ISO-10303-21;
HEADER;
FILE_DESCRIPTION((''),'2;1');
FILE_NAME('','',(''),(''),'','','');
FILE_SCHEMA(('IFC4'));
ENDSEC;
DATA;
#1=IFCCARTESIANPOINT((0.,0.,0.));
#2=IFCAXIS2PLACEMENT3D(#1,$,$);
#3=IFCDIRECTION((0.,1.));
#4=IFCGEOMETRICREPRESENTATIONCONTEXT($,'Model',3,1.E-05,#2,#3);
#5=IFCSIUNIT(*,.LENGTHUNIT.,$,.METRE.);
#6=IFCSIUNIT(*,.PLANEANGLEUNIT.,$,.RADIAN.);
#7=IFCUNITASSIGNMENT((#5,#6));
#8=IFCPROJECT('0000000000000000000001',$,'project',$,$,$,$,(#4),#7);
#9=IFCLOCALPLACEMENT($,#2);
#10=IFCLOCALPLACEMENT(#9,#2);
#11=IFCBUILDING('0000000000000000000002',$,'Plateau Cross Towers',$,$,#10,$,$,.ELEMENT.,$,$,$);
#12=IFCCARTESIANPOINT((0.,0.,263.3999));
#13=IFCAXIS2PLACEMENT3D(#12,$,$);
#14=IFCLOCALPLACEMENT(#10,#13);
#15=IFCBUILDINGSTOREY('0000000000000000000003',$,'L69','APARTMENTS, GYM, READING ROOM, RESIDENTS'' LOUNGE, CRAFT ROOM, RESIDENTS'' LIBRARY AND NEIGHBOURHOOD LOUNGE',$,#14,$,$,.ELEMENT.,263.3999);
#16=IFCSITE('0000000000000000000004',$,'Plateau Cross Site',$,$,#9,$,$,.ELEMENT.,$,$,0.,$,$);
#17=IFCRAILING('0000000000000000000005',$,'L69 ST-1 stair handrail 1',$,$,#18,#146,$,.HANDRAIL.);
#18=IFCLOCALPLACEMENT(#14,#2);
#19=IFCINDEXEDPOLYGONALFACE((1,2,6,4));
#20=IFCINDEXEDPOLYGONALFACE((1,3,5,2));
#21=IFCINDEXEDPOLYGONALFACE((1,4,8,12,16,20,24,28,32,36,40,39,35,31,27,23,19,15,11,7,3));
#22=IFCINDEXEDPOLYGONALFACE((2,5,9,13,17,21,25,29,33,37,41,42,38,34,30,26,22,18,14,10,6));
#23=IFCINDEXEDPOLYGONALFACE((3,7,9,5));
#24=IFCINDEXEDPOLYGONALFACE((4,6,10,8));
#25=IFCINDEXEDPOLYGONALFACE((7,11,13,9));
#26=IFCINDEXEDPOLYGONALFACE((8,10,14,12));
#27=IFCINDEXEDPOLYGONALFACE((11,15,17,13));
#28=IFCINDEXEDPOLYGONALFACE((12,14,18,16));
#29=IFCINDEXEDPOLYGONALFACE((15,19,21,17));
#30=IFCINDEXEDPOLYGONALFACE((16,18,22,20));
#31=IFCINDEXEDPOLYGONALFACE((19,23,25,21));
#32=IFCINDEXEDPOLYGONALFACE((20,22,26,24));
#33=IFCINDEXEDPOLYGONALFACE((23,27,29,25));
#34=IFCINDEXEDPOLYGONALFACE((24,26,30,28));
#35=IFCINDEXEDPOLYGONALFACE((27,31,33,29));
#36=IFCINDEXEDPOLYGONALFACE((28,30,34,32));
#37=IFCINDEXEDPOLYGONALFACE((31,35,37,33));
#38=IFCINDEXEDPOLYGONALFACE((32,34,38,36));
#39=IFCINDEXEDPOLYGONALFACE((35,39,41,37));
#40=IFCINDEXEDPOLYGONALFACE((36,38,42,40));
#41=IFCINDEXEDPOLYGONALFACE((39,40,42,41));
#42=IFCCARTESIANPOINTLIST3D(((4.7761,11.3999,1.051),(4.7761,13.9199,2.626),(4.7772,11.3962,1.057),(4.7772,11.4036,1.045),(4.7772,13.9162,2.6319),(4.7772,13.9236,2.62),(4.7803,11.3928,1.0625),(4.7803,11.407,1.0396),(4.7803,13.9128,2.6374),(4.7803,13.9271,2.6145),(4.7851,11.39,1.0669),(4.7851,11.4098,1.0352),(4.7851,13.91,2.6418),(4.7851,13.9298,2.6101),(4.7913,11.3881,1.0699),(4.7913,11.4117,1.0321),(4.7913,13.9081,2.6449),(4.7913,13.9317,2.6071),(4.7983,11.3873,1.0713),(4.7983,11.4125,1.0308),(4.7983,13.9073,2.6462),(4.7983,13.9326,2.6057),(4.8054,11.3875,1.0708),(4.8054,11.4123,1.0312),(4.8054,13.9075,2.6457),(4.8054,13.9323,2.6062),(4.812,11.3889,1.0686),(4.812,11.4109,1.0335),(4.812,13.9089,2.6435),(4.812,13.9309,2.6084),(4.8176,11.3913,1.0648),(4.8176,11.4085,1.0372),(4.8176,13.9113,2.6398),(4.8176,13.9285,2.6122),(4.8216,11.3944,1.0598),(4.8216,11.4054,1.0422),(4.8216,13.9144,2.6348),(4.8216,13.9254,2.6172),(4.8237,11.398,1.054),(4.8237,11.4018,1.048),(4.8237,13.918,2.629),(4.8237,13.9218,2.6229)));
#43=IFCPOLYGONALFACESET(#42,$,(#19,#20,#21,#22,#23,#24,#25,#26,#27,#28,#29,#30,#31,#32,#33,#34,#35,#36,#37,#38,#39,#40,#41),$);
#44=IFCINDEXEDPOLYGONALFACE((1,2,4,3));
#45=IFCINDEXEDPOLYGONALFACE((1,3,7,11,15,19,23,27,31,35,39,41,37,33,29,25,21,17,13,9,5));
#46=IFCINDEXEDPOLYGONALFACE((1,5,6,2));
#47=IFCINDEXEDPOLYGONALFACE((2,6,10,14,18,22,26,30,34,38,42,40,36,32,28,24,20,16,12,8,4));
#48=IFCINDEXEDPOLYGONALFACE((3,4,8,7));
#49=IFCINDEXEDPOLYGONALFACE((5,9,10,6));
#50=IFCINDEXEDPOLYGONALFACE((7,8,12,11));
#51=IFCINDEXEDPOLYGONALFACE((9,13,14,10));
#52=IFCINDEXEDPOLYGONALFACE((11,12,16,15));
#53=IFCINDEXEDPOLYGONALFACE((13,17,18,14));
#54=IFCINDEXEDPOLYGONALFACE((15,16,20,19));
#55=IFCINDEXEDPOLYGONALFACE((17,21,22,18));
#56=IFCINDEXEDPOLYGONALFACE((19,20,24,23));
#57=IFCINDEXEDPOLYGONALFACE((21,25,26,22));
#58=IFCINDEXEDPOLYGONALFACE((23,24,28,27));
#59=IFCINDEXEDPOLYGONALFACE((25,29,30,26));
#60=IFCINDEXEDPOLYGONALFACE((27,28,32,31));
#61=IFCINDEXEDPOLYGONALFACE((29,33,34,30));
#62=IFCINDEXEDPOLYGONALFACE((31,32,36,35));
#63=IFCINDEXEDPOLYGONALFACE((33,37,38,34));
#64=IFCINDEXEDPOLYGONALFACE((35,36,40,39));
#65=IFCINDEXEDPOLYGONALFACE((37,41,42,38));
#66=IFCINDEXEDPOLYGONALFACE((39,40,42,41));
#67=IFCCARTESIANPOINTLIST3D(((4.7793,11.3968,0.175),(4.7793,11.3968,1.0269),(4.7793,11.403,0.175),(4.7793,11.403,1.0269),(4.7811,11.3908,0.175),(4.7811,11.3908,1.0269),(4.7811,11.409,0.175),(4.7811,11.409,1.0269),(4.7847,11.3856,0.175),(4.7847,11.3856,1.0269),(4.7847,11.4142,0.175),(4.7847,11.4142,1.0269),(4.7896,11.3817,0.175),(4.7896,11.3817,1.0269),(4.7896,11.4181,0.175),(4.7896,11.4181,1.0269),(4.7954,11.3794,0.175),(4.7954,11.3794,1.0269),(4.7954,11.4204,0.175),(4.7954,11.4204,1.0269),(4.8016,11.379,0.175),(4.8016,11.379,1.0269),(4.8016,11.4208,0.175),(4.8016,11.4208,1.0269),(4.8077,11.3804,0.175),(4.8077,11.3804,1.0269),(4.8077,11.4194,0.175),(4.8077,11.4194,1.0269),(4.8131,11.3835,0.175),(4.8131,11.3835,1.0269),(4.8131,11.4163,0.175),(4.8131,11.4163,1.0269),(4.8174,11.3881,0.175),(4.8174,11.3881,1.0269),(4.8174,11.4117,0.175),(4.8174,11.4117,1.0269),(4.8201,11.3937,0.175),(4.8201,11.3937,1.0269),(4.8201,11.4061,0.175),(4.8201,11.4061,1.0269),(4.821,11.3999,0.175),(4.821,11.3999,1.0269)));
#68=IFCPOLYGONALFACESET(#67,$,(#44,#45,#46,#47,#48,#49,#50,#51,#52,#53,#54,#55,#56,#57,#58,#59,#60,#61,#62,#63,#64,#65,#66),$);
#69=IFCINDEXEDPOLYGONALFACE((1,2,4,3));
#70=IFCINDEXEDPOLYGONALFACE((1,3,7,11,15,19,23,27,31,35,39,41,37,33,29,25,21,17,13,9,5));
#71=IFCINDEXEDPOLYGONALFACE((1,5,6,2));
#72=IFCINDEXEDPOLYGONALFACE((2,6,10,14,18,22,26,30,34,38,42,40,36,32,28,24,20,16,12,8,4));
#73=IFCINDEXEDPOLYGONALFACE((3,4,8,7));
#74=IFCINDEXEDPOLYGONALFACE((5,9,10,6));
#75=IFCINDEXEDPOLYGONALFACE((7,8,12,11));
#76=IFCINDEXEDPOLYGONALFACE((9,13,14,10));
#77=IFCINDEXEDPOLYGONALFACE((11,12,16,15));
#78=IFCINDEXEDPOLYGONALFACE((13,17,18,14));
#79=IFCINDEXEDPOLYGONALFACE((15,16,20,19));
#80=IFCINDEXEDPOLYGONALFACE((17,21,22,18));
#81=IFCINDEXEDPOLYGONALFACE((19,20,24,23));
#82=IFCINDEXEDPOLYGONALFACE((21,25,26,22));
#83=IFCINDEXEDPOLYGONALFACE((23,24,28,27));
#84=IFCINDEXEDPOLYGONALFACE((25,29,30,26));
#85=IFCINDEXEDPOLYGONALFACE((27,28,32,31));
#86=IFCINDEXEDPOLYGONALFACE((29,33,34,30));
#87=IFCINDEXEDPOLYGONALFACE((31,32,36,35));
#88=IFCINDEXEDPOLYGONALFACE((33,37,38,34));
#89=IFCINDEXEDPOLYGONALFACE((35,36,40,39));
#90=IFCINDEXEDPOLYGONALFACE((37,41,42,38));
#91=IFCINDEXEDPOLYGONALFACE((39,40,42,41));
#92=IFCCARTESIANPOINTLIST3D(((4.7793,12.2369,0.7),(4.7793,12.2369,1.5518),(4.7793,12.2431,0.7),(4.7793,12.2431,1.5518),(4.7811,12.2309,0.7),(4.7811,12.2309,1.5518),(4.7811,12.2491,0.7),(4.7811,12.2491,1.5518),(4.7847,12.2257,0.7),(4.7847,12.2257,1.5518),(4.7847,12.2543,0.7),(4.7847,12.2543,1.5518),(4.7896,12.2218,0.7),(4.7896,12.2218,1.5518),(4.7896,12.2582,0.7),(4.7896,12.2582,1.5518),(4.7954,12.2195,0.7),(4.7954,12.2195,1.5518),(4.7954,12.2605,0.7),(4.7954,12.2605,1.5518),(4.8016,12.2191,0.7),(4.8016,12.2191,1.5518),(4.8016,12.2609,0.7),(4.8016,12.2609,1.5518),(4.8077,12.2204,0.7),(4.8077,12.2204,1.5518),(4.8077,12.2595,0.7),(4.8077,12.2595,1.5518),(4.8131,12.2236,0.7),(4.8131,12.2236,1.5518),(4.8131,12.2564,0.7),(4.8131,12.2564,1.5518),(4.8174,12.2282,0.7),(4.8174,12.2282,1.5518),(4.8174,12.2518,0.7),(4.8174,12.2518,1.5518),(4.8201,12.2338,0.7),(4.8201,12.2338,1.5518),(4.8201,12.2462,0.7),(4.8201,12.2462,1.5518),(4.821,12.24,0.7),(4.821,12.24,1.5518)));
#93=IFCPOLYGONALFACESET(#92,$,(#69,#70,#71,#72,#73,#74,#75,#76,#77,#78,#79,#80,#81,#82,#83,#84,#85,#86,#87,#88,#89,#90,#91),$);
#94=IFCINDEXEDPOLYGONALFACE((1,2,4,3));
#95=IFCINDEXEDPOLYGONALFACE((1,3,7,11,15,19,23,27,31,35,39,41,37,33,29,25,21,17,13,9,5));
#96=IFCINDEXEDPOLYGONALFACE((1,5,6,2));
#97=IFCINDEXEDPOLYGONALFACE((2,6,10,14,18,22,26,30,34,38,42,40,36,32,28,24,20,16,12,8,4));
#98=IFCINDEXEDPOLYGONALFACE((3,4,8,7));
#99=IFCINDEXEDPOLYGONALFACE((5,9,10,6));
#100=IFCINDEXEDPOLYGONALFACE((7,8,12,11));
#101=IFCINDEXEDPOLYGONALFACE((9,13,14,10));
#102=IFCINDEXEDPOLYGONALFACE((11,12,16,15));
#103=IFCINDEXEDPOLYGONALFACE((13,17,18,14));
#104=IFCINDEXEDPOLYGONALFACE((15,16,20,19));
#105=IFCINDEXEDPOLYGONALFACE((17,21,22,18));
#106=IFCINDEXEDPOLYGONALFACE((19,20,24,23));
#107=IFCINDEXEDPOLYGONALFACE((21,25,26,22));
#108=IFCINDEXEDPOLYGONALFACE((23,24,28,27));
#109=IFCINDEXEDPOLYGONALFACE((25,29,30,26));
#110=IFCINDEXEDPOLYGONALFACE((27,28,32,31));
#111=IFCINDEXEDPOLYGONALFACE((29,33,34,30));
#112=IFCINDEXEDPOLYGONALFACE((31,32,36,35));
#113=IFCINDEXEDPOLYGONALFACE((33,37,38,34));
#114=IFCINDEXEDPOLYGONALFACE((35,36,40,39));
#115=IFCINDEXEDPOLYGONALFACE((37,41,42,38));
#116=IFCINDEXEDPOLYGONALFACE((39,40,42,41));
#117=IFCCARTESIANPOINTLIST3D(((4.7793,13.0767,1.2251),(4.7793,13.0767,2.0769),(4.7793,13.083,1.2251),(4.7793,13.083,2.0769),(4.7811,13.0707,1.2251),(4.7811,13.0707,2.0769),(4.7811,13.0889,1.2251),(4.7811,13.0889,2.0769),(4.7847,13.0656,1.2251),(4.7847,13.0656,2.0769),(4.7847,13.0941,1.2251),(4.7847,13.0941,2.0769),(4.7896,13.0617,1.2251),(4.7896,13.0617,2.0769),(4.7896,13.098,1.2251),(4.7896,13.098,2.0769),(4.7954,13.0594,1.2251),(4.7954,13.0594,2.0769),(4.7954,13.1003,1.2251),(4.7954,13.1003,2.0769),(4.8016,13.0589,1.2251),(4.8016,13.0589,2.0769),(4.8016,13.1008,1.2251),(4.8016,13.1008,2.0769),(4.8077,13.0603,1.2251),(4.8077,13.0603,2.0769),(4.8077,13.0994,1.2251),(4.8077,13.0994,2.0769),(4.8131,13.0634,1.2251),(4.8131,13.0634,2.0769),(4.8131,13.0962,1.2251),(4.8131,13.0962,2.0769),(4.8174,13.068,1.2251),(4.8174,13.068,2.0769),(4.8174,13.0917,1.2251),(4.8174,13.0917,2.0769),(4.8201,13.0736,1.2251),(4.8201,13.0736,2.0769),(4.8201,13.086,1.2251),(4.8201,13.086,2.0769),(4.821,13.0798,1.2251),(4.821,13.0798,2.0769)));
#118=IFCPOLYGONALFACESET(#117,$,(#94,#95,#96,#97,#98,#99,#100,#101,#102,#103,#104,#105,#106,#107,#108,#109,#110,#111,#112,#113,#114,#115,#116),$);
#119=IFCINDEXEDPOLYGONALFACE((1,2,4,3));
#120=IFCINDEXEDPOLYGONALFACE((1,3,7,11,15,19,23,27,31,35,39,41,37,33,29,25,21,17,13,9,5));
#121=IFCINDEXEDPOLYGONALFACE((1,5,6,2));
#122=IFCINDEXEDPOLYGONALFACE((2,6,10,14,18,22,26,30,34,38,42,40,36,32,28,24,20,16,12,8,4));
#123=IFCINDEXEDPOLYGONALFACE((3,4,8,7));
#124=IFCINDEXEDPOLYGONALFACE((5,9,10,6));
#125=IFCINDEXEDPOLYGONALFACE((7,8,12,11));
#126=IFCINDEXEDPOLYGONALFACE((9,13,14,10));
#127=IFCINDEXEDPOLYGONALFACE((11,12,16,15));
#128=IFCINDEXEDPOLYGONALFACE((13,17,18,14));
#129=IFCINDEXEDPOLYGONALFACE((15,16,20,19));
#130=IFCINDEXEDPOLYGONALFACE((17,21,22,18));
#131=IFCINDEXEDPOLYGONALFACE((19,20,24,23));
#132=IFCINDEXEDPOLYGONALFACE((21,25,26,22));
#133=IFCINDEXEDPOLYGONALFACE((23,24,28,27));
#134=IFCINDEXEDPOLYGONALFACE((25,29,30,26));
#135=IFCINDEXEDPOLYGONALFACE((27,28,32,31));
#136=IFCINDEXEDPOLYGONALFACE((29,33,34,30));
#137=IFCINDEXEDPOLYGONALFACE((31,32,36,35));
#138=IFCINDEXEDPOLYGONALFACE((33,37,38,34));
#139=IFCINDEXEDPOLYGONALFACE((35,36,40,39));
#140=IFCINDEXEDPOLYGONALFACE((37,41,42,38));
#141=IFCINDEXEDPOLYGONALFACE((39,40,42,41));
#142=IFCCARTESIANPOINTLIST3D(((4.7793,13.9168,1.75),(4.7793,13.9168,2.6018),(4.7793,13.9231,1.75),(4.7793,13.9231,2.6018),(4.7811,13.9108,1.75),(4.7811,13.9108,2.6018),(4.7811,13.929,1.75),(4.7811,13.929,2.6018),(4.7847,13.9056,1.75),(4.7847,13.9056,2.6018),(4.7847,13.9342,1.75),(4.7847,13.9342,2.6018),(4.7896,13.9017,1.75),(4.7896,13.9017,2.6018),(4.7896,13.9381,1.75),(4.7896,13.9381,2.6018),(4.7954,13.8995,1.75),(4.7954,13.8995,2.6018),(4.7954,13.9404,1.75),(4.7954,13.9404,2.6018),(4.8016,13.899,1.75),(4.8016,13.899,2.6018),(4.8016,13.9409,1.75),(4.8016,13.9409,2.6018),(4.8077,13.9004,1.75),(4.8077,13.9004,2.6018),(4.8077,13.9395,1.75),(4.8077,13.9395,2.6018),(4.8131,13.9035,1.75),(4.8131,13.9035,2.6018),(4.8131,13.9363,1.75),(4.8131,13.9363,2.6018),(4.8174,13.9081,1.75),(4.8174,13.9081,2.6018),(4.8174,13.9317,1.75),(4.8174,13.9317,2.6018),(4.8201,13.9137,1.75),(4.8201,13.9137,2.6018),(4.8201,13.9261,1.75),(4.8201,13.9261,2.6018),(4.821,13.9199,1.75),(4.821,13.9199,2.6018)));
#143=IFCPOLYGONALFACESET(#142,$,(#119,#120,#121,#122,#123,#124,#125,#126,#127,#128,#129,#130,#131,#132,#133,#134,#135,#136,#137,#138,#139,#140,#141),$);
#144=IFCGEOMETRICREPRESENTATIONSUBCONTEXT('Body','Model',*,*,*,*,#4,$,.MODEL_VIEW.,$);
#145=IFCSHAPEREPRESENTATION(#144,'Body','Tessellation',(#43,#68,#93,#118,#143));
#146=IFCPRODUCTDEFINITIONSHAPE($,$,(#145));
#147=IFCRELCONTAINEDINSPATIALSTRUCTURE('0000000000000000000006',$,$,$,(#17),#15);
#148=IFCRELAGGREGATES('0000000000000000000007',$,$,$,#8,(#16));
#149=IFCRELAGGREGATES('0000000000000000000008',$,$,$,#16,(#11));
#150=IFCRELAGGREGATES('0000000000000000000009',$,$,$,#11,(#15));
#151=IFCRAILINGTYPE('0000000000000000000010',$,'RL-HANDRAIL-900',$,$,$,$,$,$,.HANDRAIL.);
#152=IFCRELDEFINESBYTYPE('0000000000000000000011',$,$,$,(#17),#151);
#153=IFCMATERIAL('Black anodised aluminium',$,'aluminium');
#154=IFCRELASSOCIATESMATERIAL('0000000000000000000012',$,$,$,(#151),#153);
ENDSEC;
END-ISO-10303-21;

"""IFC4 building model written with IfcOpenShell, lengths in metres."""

from ifc_helpers import new_model, si_unit, direction, frame, origin, origin_2d, place, context, subcontext, project, spatial, circle, extrude, material, type_object, element, save


model = new_model("IFC4")

# Units and contexts
model_context = context("Model", 3, precision=1e-05, world=origin(), true_north=direction((0.0, 1.0)))
body_context = subcontext(model_context, "Body", "Model", "MODEL_VIEW")
ifc_project = project(units=[si_unit("LENGTHUNIT", "METRE"), si_unit("PLANEANGLEUNIT", "RADIAN")], contexts=[model_context])

# Site, building, storey
site_placement = place(None, origin())
site = spatial("IfcSite", under=ifc_project, at=site_placement, Name="Plateau Cross Site", CompositionType="ELEMENT", RefElevation=0.0)
building_placement = place(site_placement, origin())
building = spatial("IfcBuilding", under=site, at=building_placement, Name="Plateau Cross Towers", CompositionType="ELEMENT")
storey_placement = place(building_placement, frame((0.0, 0.0, 263.3999)))
storey = spatial("IfcBuildingStorey", under=building, at=storey_placement, Name="L69", Description="APARTMENTS, GYM, READING ROOM, RESIDENTS' LOUNGE, CRAFT ROOM, RESIDENTS' LIBRARY AND NEIGHBOURHOOD LOUNGE", CompositionType="ELEMENT", Elevation=263.3999)

# Shared definitions
ifc_material_1 = material(Name="Black anodised aluminium", Category="aluminium")

# Railing
railing_type_1 = type_object("IfcRailingType", Name="RL-HANDRAIL-900", PredefinedType="HANDRAIL", material=ifc_material_1)
railing_1_placement = place(storey_placement, frame((4.8, 11.3999, 0.175)))
element("IfcRailing", 1, at=railing_1_placement, inside=storey, type_object=railing_type_1, Name="L69 ST-1 stair handrail 1", PredefinedType="HANDRAIL", context=body_context, shape_type="SweptSolid", body=[
    extrude(circle(Radius=0.0239, at=origin_2d()), frame((0.0, 0.0, 0.876), z_axis=(0.0, 0.848008, 0.529984), x_axis=(-1.0, 0.0, 0.0)), (0.0, 0.0, 1.0), 2.9717),
    extrude(circle(Radius=0.021, at=origin_2d()), origin(), (0.0, 0.0, 1.0), 0.8518),
    extrude(circle(Radius=0.021, at=origin_2d()), frame((0.0, 0.8401, 0.5249)), (0.0, 0.0, 1.0), 0.8518),
    extrude(circle(Radius=0.021, at=origin_2d()), frame((0.0, 1.6799, 1.05)), (0.0, 0.0, 1.0), 0.8518),
    extrude(circle(Radius=0.021, at=origin_2d()), frame((0.0, 2.52, 1.575)), (0.0, 0.0, 1.0), 0.8518),
])

save(model, "model.ifc")
